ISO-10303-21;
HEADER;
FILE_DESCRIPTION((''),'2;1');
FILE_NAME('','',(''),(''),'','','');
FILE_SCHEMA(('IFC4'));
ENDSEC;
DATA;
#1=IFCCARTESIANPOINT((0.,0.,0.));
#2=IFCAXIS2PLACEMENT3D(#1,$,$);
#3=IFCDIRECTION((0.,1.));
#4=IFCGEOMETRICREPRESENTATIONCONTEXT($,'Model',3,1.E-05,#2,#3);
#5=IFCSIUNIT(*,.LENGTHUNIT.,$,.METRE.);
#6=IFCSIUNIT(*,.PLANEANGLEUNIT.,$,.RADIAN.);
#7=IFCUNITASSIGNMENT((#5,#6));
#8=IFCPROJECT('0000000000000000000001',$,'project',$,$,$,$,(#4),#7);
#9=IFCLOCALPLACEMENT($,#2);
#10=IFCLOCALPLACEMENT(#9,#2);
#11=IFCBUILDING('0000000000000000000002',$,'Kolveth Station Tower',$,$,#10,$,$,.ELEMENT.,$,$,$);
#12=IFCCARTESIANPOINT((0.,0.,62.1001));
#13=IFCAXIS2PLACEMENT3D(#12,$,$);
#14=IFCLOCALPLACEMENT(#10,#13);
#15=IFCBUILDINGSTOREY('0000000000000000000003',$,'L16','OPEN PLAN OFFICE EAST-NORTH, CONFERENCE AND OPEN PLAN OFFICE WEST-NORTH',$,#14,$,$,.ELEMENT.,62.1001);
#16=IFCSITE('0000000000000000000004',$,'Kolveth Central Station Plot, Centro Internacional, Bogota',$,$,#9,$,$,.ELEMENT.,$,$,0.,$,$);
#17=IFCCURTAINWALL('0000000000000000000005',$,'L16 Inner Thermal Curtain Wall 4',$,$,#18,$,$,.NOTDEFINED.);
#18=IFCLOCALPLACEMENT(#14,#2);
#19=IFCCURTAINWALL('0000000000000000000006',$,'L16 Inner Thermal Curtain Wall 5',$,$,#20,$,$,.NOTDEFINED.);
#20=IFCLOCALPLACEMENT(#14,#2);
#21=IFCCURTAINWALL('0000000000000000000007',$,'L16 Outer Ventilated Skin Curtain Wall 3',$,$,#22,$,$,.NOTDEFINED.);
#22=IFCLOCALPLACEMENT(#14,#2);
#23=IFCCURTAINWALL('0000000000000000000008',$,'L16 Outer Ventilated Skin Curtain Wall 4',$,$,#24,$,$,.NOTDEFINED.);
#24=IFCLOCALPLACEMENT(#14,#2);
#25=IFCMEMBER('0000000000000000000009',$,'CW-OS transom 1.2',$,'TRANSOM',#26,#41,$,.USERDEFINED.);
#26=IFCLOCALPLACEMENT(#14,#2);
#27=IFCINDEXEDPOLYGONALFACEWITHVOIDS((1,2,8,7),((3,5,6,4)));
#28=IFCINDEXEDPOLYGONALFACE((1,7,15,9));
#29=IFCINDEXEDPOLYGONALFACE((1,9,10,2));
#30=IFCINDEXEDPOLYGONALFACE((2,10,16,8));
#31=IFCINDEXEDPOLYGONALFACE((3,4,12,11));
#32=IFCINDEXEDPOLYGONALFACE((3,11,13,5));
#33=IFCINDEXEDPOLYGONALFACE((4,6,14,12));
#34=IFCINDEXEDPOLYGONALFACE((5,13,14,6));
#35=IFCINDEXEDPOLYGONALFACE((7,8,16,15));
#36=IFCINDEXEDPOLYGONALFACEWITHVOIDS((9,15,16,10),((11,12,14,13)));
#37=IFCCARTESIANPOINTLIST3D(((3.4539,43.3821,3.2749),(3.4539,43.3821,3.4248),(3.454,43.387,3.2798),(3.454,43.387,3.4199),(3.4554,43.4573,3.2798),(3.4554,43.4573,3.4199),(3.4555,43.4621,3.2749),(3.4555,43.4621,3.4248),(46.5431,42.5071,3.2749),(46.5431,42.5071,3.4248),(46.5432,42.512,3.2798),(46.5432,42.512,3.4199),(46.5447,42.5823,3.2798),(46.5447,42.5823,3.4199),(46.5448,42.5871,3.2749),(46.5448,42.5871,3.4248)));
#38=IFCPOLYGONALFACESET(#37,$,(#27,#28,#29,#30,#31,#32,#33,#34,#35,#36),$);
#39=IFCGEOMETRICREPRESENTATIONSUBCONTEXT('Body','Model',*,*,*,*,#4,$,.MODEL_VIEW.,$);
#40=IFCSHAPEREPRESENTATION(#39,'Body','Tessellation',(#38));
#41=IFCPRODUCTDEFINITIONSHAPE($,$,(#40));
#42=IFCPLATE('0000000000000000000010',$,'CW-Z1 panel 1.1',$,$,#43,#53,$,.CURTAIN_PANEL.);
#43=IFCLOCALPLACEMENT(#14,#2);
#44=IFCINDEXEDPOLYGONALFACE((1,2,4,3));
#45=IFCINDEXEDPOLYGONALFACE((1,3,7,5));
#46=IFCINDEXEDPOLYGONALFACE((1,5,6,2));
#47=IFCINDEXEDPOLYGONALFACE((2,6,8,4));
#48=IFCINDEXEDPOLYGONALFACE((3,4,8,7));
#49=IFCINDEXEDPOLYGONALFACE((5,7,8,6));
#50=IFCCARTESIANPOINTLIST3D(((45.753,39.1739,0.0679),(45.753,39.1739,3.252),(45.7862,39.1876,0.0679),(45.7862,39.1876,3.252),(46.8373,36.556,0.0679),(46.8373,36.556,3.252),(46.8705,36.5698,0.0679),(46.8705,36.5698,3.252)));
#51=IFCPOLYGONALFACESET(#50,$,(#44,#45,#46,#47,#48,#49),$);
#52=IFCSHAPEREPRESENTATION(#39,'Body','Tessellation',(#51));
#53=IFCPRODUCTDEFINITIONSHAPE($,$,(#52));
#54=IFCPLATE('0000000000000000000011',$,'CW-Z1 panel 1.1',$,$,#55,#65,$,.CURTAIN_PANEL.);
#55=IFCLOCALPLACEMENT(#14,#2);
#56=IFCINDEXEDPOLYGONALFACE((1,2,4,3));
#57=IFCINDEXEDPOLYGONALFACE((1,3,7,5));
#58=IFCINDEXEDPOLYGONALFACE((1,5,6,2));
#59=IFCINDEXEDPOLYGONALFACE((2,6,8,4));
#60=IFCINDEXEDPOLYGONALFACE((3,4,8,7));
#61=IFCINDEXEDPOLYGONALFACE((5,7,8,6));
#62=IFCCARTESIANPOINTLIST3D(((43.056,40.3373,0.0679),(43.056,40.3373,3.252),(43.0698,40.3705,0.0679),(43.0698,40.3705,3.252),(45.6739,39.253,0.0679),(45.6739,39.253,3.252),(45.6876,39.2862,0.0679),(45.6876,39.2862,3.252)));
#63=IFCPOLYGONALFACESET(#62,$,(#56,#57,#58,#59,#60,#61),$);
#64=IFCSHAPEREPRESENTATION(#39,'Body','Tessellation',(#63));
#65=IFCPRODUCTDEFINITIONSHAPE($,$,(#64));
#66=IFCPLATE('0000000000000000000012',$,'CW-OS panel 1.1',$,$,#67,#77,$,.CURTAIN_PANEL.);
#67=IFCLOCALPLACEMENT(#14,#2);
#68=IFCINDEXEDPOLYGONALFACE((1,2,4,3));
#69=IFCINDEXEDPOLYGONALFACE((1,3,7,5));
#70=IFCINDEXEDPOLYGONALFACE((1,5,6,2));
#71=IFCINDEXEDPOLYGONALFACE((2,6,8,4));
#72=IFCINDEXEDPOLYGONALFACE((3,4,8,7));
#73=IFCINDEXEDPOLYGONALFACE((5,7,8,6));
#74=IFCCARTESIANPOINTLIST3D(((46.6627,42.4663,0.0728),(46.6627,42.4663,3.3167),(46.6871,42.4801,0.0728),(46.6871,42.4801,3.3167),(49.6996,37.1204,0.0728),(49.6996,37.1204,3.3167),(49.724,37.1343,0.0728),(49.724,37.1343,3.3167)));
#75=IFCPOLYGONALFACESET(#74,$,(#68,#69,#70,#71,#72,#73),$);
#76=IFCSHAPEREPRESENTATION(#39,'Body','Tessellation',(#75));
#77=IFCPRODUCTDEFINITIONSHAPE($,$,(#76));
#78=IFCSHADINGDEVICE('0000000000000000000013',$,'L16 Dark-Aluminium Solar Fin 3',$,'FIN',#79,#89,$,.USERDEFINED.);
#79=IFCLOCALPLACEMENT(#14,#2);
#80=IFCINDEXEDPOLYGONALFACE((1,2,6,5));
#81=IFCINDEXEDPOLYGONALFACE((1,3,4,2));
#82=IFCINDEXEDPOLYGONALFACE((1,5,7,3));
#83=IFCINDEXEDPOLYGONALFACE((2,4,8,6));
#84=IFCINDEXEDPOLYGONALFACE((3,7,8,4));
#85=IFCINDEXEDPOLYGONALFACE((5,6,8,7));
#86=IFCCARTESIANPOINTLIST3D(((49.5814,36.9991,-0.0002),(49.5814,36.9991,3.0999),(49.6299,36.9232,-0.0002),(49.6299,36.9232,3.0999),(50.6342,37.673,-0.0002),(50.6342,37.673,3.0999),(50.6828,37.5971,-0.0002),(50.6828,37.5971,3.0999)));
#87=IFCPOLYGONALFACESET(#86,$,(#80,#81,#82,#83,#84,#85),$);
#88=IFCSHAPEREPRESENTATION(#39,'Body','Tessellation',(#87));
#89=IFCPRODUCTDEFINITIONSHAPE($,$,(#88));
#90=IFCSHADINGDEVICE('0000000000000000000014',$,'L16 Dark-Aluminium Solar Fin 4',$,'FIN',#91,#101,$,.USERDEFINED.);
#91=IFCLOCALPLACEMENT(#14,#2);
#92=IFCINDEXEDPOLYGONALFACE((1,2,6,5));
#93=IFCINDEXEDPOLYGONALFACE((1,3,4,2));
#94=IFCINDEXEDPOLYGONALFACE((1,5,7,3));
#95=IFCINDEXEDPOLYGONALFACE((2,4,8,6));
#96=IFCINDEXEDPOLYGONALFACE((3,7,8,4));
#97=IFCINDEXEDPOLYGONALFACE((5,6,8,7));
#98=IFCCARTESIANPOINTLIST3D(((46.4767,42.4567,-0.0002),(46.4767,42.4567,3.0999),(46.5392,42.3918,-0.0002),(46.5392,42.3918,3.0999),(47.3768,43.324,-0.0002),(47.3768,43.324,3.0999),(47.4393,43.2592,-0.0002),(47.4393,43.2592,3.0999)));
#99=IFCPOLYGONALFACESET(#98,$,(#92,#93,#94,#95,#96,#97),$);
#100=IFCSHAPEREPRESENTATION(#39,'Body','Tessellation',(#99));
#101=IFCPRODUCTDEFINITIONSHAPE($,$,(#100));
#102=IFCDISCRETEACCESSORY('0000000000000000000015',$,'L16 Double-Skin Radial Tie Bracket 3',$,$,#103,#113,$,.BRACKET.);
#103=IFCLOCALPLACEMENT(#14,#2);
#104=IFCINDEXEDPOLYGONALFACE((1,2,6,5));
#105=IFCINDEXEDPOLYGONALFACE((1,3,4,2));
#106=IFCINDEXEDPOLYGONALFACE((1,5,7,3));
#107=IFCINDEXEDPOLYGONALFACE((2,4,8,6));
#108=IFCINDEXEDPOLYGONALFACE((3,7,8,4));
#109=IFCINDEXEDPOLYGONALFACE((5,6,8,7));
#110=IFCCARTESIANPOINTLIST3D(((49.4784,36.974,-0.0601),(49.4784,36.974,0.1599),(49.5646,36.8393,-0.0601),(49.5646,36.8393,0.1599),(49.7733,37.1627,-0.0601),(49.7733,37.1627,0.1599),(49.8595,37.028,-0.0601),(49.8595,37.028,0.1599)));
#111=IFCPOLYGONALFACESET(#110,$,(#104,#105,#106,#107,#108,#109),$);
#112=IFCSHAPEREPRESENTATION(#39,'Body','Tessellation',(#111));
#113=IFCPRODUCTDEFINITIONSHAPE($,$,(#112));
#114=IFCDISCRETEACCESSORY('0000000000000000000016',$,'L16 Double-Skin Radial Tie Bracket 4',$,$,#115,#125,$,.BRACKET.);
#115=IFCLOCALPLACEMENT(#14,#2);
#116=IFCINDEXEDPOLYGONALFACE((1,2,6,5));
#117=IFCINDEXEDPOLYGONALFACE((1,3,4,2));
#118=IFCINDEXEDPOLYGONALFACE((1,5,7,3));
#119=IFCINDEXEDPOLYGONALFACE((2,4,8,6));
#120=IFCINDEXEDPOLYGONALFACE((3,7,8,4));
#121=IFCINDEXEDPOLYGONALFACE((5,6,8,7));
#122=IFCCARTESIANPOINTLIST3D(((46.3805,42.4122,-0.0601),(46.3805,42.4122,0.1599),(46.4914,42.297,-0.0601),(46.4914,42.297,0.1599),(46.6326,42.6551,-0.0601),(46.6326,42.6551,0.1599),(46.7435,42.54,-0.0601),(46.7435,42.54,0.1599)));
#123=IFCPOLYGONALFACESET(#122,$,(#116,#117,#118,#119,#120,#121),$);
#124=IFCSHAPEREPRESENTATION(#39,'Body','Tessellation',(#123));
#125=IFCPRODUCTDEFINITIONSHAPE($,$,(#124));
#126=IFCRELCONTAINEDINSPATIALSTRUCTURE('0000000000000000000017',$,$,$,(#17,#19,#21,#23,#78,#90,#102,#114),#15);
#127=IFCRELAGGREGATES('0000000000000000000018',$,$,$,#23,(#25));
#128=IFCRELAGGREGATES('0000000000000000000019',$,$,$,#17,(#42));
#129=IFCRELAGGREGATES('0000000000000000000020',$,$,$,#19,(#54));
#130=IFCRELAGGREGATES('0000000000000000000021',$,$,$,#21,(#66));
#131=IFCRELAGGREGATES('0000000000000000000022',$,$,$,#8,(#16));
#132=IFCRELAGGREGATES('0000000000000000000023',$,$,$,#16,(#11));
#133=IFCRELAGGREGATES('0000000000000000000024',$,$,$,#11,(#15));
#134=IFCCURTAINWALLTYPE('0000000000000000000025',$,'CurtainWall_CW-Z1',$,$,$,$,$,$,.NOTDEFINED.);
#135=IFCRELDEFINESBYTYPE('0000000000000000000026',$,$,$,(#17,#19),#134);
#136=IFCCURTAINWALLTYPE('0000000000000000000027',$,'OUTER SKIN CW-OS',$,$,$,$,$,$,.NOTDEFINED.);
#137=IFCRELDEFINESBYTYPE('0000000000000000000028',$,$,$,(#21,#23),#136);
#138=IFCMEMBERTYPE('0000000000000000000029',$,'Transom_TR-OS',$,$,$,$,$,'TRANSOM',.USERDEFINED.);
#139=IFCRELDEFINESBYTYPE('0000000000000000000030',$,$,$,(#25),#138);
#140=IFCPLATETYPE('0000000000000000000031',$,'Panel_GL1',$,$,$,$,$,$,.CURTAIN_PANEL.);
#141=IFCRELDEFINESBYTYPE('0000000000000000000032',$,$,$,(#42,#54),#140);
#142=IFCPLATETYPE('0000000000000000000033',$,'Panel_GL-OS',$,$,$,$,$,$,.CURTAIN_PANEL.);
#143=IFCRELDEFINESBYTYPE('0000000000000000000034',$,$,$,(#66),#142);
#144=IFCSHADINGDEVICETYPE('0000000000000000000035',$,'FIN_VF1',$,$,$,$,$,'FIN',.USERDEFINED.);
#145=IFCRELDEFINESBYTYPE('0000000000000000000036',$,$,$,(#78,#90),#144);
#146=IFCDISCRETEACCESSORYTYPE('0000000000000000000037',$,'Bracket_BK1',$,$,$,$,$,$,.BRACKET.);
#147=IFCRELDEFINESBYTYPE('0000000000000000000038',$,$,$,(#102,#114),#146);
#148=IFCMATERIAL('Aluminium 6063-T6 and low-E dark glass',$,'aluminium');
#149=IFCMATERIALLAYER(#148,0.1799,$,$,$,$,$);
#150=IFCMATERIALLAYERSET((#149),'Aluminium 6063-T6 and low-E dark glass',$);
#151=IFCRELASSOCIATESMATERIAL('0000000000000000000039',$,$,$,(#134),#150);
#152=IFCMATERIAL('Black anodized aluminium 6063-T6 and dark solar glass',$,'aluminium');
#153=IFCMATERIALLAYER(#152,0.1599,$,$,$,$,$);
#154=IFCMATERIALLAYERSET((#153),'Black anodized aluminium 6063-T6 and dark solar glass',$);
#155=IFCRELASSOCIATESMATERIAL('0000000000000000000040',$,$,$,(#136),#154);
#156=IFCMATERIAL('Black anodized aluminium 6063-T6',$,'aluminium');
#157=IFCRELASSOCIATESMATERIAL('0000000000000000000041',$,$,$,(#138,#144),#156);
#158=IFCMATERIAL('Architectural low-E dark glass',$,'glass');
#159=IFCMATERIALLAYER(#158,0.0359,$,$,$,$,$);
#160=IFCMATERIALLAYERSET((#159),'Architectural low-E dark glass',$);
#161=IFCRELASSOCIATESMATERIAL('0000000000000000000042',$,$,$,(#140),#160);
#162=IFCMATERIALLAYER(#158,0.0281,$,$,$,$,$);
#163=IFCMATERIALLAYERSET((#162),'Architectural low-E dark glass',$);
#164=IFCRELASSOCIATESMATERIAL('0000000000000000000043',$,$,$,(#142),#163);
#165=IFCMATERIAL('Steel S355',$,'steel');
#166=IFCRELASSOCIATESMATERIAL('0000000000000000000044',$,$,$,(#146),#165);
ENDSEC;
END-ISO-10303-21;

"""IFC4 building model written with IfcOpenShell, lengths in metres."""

from ifc_helpers import new_model, si_unit, direction, frame, origin, origin_2d, place, context, subcontext, project, spatial, rectangle, hollow_rectangle, extrude, source, transform, mapped, material, layer, layer_set, material_profile, profile_set, type_object, element, aggregate, save


model = new_model("IFC4")

# Units and contexts
model_context = context("Model", 3, precision=1e-05, world=origin(), true_north=direction((0.0, 1.0)))
body_context = subcontext(model_context, "Body", "Model", "MODEL_VIEW")
ifc_project = project(units=[si_unit("LENGTHUNIT", "METRE"), si_unit("PLANEANGLEUNIT", "RADIAN")], contexts=[model_context])

# Site, building, storey
site_placement = place(None, origin())
site = spatial("IfcSite", under=ifc_project, at=site_placement, Name="Kolveth Central Station Plot, Centro Internacional, Bogota", CompositionType="ELEMENT", RefElevation=0.0)
building_placement = place(site_placement, origin())
building = spatial("IfcBuilding", under=site, at=building_placement, Name="Kolveth Station Tower", CompositionType="ELEMENT")
storey_placement = place(building_placement, frame((0.0, 0.0, 62.1001)))
storey = spatial("IfcBuildingStorey", under=building, at=storey_placement, Name="L16", Description="OPEN PLAN OFFICE EAST-NORTH, CONFERENCE AND OPEN PLAN OFFICE WEST-NORTH", CompositionType="ELEMENT", Elevation=62.1001)

# Shared definitions
ifc_material_1 = material(Name="Steel S355", Category="steel")

# Curtain walls
ifc_material_2 = material(Name="Aluminium 6063-T6 and low-E dark glass", Category="aluminium")
ifc_layer_1 = layer(ifc_material_2, 0.1799)
ifc_layer_set_1 = layer_set([ifc_layer_1], Name="Aluminium 6063-T6 and low-E dark glass")
curtain_wall_type_1 = type_object("IfcCurtainWallType", Name="CurtainWall_CW-Z1", PredefinedType="NOTDEFINED", material=ifc_layer_set_1)
curtain_wall_1_placement = place(storey_placement, origin())
curtain_wall_1 = element("IfcCurtainWall", 1, at=curtain_wall_1_placement, inside=storey, type_object=curtain_wall_type_1, Name="L16 Inner Thermal Curtain Wall 4", PredefinedType="NOTDEFINED")
ifc_material_3 = material(Name="Black anodized aluminium 6063-T6", Category="aluminium")
curtain_wall_2_placement = place(storey_placement, origin())
curtain_wall_2 = element("IfcCurtainWall", 2, at=curtain_wall_2_placement, inside=storey, type_object=curtain_wall_type_1, Name="L16 Inner Thermal Curtain Wall 5", PredefinedType="NOTDEFINED")

# Shared definitions
ifc_material_4 = material(Name="Black anodized aluminium 6063-T6 and dark solar glass", Category="aluminium")
ifc_layer_2 = layer(ifc_material_4, 0.1599)
ifc_layer_set_2 = layer_set([ifc_layer_2], Name="Black anodized aluminium 6063-T6 and dark solar glass")
curtain_wall_type_2 = type_object("IfcCurtainWallType", Name="OUTER SKIN CW-OS", PredefinedType="NOTDEFINED", material=ifc_layer_set_2)

# Curtain wall
curtain_wall_3_placement = place(storey_placement, origin())
curtain_wall_3 = element("IfcCurtainWall", 3, at=curtain_wall_3_placement, inside=storey, type_object=curtain_wall_type_2, Name="L16 Outer Ventilated Skin Curtain Wall 3", PredefinedType="NOTDEFINED")

# Curtain wall
curtain_wall_4_placement = place(storey_placement, origin())
curtain_wall_4 = element("IfcCurtainWall", 4, at=curtain_wall_4_placement, inside=storey, type_object=curtain_wall_type_2, Name="L16 Outer Ventilated Skin Curtain Wall 4", PredefinedType="NOTDEFINED")

# Member
ifc_material_profile_1 = material_profile(ifc_material_3, hollow_rectangle(XDim=0.0801, YDim=0.1499, WallThickness=0.0049, at=origin_2d()), Name="ALU-80x150x5")
ifc_profile_set_1 = profile_set([ifc_material_profile_1], Name="Black anodized aluminium 6063-T6")
member_type_1 = type_object("IfcMemberType", Name="Transom_TR-OS", ElementType="TRANSOM", PredefinedType="USERDEFINED", material=ifc_profile_set_1)
shared_shape_1 = source(origin(), body_context, "Body", "SweptSolid", [
    extrude(hollow_rectangle(XDim=0.0801, YDim=0.1499, WallThickness=0.0049, at=origin_2d()), origin(), (0.0, 0.0, 1.0), 43.0981),
])
member_1_placement = place(storey_placement, frame((46.5439, 42.5471, 3.3499), z_axis=(-0.999794, 0.020302, 0.0), x_axis=(-0.020302, -0.999794, 0.0)))
member_1 = element("IfcMember", 5, at=member_1_placement, type_object=member_type_1, Name="CW-OS transom 1.2", ObjectType="TRANSOM", PredefinedType="USERDEFINED", context=body_context, shape_type="MappedRepresentation", body=[
    mapped(shared_shape_1, transform((0.0, 0.0, 0.0), x_axis=(1.0, 0.0, 0.0), y_axis=(0.0, 1.0, 0.0), z_axis=(0.0, 0.0, 1.0), scale=1.0)),
])
aggregate(curtain_wall_4, [member_1])

# Plates
ifc_material_5 = material(Name="Architectural low-E dark glass", Category="glass")
ifc_layer_3 = layer(ifc_material_5, 0.0359)
ifc_layer_set_3 = layer_set([ifc_layer_3], Name="Architectural low-E dark glass")
plate_type_1 = type_object("IfcPlateType", Name="Panel_GL1", PredefinedType="CURTAIN_PANEL", material=ifc_layer_set_3)
shared_shape_2 = source(origin(), body_context, "Body", "SweptSolid", [
    extrude(rectangle(XDim=2.8335, YDim=0.0359, at=origin_2d()), origin(), (0.0, 0.0, 1.0), 3.1841),
])
plate_1_placement = place(storey_placement, frame((46.3118, 37.8718, 0.0679), z_axis=(0.0, 0.0, 1.0), x_axis=(-0.382673, 0.923884, 0.0)))
plate_1 = element("IfcPlate", 6, at=plate_1_placement, type_object=plate_type_1, Name="CW-Z1 panel 1.1", PredefinedType="CURTAIN_PANEL", context=body_context, shape_type="MappedRepresentation", body=[
    mapped(shared_shape_2, transform((0.0, 0.0, 0.0), x_axis=(1.0, 0.0, 0.0), y_axis=(0.0, 1.0, 0.0), z_axis=(0.0, 0.0, 1.0), scale=1.0)),
])
aggregate(curtain_wall_1, [plate_1])
plate_2_placement = place(storey_placement, frame((44.3718, 39.8118, 0.0679), z_axis=(0.0, 0.0, 1.0), x_axis=(-0.923884, 0.382673, 0.0)))
plate_2 = element("IfcPlate", 7, at=plate_2_placement, type_object=plate_type_1, Name="CW-Z1 panel 1.1", PredefinedType="CURTAIN_PANEL", context=body_context, shape_type="MappedRepresentation", body=[
    mapped(shared_shape_2, transform((0.0, 0.0, 0.0), x_axis=(1.0, 0.0, 0.0), y_axis=(0.0, 1.0, 0.0), z_axis=(0.0, 0.0, 1.0), scale=1.0)),
])
aggregate(curtain_wall_2, [plate_2])
ifc_layer_4 = layer(ifc_material_5, 0.0281)
ifc_layer_set_4 = layer_set([ifc_layer_4], Name="Architectural low-E dark glass")
plate_type_2 = type_object("IfcPlateType", Name="Panel_GL-OS", PredefinedType="CURTAIN_PANEL", material=ifc_layer_set_4)
shared_shape_3 = source(origin(), body_context, "Body", "SweptSolid", [
    extrude(rectangle(XDim=6.1482, YDim=0.0281, at=origin_2d()), origin(), (0.0, 0.0, 1.0), 3.2439),
])
plate_3_placement = place(storey_placement, frame((48.1934, 39.8003, 0.0728), z_axis=(0.0, 0.0, 1.0), x_axis=(-0.493939, 0.869497, 0.0)))
plate_3 = element("IfcPlate", 8, at=plate_3_placement, type_object=plate_type_2, Name="CW-OS panel 1.1", PredefinedType="CURTAIN_PANEL", context=body_context, shape_type="MappedRepresentation", body=[
    mapped(shared_shape_3, transform((0.0, 0.0, 0.0), x_axis=(1.0, 0.0, 0.0), y_axis=(0.0, 1.0, 0.0), z_axis=(0.0, 0.0, 1.0), scale=1.0)),
])
aggregate(curtain_wall_3, [plate_3])

# Shading devices
shading_device_type = type_object("IfcShadingDeviceType", Name="FIN_VF1", ElementType="FIN", PredefinedType="USERDEFINED", material=ifc_material_3)
shared_shape_4 = source(origin(), body_context, "Body", "SweptSolid", [
    extrude(rectangle(XDim=1.25, YDim=0.0901, at=origin_2d()), origin(), (0.0, 0.0, 1.0), 3.1001),
])
for number, where, z_axis, x_axis, name in (
    (9, (50.1321, 37.2981, -0.0002), (0.0, 0.0, 1.0), (0.842264, 0.539065, 0.0), "L16 Dark-Aluminium Solar Fin 3"),
    (10, (46.958, 42.8579, -0.0002), (0.0, 0.0, 1.0), (0.720067, 0.693905, 0.0), "L16 Dark-Aluminium Solar Fin 4"),
):
    element("IfcShadingDevice", number, at=place(storey_placement, frame(where, z_axis=z_axis, x_axis=x_axis)), inside=storey, type_object=shading_device_type, Name=name, ObjectType="FIN", PredefinedType="USERDEFINED", context=body_context, shape_type="MappedRepresentation", body=[
        mapped(shared_shape_4, transform((0.0, 0.0, 0.0), x_axis=(1.0, 0.0, 0.0), y_axis=(0.0, 1.0, 0.0), z_axis=(0.0, 0.0, 1.0), scale=1.0)),
    ])

# Discrete accessories
discrete_accessory_type = type_object("IfcDiscreteAccessoryType", Name="Bracket_BK1", PredefinedType="BRACKET", material=ifc_material_1)
shared_shape_5 = source(origin(), body_context, "Body", "SweptSolid", [
    extrude(rectangle(XDim=0.3501, YDim=0.1599, at=origin_2d()), origin(), (0.0, 0.0, 1.0), 0.22),
])
for number, where, z_axis, x_axis, name in (
    (11, (49.6689, 37.001, -0.0601), (0.0, 0.0, 1.0), (0.842264, 0.539065, 0.0), "L16 Double-Skin Radial Tie Bracket 3"),
    (12, (46.562, 42.4761, -0.0601), (0.0, 0.0, 1.0), (0.720067, 0.693905, 0.0), "L16 Double-Skin Radial Tie Bracket 4"),
):
    element("IfcDiscreteAccessory", number, at=place(storey_placement, frame(where, z_axis=z_axis, x_axis=x_axis)), inside=storey, type_object=discrete_accessory_type, Name=name, PredefinedType="BRACKET", context=body_context, shape_type="MappedRepresentation", body=[
        mapped(shared_shape_5, transform((0.0, 0.0, 0.0), x_axis=(1.0, 0.0, 0.0), y_axis=(0.0, 1.0, 0.0), z_axis=(0.0, 0.0, 1.0), scale=1.0)),
    ])

save(model, "model.ifc")
